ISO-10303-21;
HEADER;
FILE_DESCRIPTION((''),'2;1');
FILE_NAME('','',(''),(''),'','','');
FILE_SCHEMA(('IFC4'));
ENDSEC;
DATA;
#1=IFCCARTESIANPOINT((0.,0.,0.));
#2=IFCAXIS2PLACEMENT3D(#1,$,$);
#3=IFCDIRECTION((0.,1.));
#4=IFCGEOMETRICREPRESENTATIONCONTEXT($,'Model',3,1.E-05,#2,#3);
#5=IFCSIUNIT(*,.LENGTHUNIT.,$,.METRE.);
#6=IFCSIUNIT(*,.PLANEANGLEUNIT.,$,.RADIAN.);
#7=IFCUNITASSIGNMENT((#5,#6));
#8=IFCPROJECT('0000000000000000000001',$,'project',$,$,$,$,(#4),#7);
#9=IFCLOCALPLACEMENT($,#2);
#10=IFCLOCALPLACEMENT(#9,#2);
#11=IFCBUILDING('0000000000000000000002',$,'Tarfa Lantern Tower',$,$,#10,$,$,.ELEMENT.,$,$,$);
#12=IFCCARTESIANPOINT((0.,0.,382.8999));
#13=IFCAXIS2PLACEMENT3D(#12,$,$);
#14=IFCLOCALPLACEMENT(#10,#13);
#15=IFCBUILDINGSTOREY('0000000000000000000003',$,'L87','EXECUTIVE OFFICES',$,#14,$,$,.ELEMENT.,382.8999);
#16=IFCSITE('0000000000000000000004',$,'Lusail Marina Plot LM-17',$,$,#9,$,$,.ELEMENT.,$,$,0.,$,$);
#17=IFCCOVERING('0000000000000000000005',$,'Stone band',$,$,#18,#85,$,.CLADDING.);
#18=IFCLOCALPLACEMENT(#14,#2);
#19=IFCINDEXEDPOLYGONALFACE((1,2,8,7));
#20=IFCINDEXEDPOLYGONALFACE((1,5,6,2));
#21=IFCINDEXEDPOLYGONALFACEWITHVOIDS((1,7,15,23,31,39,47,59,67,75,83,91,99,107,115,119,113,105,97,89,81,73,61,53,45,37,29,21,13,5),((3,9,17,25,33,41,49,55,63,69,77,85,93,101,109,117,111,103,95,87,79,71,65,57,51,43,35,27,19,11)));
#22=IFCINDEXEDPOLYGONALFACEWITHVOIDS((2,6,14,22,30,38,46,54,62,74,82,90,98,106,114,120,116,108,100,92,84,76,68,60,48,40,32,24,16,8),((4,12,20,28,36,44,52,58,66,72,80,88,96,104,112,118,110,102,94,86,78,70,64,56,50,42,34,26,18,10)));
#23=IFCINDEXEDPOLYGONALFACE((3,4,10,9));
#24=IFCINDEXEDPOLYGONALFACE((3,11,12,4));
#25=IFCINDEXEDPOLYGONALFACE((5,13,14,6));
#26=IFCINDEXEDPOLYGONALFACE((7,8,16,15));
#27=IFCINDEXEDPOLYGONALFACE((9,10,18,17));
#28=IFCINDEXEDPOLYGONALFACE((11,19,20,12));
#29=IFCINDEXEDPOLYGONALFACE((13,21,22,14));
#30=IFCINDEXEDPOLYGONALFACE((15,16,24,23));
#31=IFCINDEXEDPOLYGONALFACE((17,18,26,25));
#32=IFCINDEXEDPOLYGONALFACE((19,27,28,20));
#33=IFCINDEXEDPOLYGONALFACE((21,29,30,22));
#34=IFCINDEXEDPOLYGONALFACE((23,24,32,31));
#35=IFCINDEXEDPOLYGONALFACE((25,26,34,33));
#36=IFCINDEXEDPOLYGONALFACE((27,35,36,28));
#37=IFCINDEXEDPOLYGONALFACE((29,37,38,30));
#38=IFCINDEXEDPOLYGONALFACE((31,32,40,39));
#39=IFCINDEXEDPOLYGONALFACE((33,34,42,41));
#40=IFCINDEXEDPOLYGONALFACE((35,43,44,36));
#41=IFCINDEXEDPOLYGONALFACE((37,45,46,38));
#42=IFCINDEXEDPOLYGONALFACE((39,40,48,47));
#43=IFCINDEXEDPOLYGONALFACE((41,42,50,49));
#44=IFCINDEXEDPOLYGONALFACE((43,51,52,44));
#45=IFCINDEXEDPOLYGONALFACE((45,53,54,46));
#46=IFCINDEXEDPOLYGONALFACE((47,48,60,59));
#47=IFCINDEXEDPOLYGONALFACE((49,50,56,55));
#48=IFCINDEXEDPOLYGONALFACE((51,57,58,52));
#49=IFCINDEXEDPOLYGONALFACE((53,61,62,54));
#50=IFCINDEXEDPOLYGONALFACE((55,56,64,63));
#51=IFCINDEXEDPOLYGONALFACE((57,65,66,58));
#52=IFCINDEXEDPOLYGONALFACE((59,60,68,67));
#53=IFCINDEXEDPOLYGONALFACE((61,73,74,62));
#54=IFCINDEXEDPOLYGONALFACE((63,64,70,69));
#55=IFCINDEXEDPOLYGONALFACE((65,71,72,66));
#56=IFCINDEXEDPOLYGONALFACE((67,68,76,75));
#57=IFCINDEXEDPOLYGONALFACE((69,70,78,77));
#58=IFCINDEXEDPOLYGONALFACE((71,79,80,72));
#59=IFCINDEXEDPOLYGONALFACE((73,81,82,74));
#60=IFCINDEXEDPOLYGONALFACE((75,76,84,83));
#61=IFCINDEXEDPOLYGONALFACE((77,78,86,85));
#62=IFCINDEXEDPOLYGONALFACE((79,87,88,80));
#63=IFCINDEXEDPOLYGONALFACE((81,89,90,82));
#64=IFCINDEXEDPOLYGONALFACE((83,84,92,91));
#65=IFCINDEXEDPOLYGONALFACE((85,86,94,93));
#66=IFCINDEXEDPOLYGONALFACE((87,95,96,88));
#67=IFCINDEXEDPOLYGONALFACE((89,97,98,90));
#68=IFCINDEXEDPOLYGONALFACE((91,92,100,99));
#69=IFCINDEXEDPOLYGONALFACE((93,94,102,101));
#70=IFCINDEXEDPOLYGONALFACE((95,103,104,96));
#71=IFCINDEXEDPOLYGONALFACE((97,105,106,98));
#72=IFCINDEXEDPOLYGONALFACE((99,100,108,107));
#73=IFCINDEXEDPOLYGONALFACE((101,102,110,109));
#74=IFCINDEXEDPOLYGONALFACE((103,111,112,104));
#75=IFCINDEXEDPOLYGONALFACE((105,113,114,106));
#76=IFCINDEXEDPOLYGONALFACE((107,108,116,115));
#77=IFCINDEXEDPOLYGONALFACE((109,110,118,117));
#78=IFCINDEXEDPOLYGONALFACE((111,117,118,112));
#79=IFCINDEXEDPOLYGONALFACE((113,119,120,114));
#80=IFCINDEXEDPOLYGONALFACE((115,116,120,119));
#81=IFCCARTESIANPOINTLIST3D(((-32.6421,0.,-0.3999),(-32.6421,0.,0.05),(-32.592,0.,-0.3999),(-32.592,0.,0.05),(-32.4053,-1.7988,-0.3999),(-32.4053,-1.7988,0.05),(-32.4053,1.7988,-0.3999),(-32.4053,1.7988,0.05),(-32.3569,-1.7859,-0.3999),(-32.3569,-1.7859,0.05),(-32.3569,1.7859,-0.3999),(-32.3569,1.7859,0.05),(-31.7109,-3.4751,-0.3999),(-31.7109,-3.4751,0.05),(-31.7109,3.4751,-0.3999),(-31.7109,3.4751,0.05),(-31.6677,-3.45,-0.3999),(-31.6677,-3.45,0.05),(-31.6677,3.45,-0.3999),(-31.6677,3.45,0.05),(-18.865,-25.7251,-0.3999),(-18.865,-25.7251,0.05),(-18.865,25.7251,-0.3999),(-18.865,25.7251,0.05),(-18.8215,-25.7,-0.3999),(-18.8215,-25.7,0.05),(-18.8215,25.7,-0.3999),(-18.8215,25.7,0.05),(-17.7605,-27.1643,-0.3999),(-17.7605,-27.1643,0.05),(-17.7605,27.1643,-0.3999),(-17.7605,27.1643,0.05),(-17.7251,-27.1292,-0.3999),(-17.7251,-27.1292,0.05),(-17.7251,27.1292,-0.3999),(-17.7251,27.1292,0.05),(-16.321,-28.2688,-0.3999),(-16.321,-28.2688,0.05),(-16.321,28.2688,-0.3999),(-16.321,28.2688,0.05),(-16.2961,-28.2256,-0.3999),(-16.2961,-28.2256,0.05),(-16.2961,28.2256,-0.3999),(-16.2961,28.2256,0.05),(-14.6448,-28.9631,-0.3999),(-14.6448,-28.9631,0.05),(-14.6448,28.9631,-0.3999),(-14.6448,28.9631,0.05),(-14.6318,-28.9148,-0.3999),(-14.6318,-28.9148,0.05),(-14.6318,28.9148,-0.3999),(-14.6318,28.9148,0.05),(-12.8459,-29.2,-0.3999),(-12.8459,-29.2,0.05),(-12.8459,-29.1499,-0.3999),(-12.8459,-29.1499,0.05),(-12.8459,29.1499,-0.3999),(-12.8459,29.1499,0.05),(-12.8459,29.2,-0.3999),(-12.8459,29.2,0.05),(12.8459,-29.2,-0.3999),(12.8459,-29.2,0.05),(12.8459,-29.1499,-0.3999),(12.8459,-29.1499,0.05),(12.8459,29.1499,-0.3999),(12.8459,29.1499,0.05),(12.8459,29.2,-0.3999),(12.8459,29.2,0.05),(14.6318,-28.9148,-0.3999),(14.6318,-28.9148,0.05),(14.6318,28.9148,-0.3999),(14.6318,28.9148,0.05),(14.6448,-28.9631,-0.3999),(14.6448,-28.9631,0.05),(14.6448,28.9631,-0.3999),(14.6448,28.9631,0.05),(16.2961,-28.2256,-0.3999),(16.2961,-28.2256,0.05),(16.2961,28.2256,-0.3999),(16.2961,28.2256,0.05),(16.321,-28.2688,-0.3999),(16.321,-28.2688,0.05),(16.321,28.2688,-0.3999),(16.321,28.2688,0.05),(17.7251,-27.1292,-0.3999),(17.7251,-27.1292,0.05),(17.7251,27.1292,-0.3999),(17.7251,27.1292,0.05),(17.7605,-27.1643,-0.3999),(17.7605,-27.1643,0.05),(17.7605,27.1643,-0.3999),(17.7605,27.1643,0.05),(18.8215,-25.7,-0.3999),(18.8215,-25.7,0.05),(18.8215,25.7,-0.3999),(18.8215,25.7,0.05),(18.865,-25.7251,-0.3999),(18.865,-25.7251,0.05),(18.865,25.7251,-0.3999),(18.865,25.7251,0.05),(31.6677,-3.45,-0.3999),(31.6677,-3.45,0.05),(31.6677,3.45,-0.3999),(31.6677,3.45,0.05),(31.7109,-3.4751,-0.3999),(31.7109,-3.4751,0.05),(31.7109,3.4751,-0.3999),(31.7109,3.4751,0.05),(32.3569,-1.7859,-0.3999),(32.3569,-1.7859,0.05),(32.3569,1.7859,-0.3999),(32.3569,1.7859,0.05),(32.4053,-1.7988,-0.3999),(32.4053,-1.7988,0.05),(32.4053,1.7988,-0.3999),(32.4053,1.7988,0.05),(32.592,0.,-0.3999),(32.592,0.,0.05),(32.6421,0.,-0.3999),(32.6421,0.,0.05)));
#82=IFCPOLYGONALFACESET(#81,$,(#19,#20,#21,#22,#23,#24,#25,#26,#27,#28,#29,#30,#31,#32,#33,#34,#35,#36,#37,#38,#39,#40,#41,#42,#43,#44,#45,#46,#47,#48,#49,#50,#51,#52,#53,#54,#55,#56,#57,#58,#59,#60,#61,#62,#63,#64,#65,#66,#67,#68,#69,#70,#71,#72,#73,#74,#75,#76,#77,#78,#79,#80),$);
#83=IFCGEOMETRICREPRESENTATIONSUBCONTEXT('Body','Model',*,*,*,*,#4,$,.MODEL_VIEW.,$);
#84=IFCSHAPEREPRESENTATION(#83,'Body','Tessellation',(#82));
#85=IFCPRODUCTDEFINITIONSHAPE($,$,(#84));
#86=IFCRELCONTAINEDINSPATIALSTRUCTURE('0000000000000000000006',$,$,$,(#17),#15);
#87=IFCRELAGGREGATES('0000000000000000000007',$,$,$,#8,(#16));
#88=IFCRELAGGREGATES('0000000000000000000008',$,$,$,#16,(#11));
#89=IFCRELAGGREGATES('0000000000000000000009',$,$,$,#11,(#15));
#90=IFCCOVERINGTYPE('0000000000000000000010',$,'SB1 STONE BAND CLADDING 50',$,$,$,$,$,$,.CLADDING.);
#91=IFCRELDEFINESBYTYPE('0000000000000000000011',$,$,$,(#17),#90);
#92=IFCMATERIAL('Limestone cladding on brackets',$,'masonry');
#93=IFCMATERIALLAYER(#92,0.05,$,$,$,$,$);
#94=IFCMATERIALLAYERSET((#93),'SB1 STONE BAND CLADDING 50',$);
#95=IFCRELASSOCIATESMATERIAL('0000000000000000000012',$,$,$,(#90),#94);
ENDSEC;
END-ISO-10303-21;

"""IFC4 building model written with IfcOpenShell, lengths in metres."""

from ifc_helpers import new_model, si_unit, direction, frame, origin, place, context, subcontext, project, spatial, polyline, outline, extrude, material, layer, layer_set, type_object, element, save


model = new_model("IFC4")

# Units and contexts
model_context = context("Model", 3, precision=1e-05, world=origin(), true_north=direction((0.0, 1.0)))
body_context = subcontext(model_context, "Body", "Model", "MODEL_VIEW")
ifc_project = project(units=[si_unit("LENGTHUNIT", "METRE"), si_unit("PLANEANGLEUNIT", "RADIAN")], contexts=[model_context])

# Site, building, storey
site_placement = place(None, origin())
site = spatial("IfcSite", under=ifc_project, at=site_placement, Name="Lusail Marina Plot LM-17", CompositionType="ELEMENT", RefElevation=0.0)
building_placement = place(site_placement, origin())
building = spatial("IfcBuilding", under=site, at=building_placement, Name="Tarfa Lantern Tower", CompositionType="ELEMENT")
storey_placement = place(building_placement, frame((0.0, 0.0, 382.8999)))
storey = spatial("IfcBuildingStorey", under=building, at=storey_placement, Name="L87", Description="EXECUTIVE OFFICES", CompositionType="ELEMENT", Elevation=382.8999)

# Covering
ifc_material_1 = material(Name="Limestone cladding on brackets", Category="masonry")
ifc_layer_1 = layer(ifc_material_1, 0.05)
ifc_layer_set_1 = layer_set([ifc_layer_1], Name="SB1 STONE BAND CLADDING 50")
covering_type_1 = type_object("IfcCoveringType", Name="SB1 STONE BAND CLADDING 50", PredefinedType="CLADDING", material=ifc_layer_set_1)
covering_1_placement = place(storey_placement, frame((0.0, 0.0, -0.3999)))
element("IfcCovering", 1, at=covering_1_placement, inside=storey, type_object=covering_type_1, Name="Stone band", PredefinedType="CLADDING", context=body_context, shape_type="SweptSolid", body=[
    extrude(outline(polyline([(31.7109, 3.4751), (18.865, 25.7251), (17.7605, 27.1643), (16.321, 28.2688), (14.6448, 28.9631), (12.8459, 29.2), (-12.8459, 29.2), (-14.6448, 28.9631), (-16.321, 28.2688), (-17.7605, 27.1643), (-18.865, 25.7251), (-31.7109, 3.4751), (-32.4053, 1.7988), (-32.6421, 0.0), (-32.4053, -1.7988), (-31.7109, -3.4751), (-18.865, -25.7251), (-17.7605, -27.1643), (-16.321, -28.2688), (-14.6448, -28.9631), (-12.8459, -29.2), (12.8459, -29.2), (14.6448, -28.9631), (16.321, -28.2688), (17.7605, -27.1643), (18.865, -25.7251), (31.7109, -3.4751), (32.4053, -1.7988), (32.6421, 0.0), (32.4053, 1.7988), (31.7109, 3.4751)]), holes=[polyline([(31.6677, 3.45), (18.8215, 25.7), (17.7251, 27.1292), (16.2961, 28.2256), (14.6318, 28.9148), (12.8459, 29.1499), (-12.8459, 29.1499), (-14.6318, 28.9148), (-16.2961, 28.2256), (-17.7251, 27.1292), (-18.8215, 25.7), (-31.6677, 3.45), (-32.3569, 1.7859), (-32.592, 0.0), (-32.3569, -1.7859), (-31.6677, -3.45), (-18.8215, -25.7), (-17.7251, -27.1292), (-16.2961, -28.2256), (-14.6318, -28.9148), (-12.8459, -29.1499), (12.8459, -29.1499), (14.6318, -28.9148), (16.2961, -28.2256), (17.7251, -27.1292), (18.8215, -25.7), (31.6677, -3.45), (32.3569, -1.7859), (32.592, 0.0), (32.3569, 1.7859), (31.6677, 3.45)])]), origin(), (0.0, 0.0, 1.0), 0.45),
])

save(model, "model.ifc")
